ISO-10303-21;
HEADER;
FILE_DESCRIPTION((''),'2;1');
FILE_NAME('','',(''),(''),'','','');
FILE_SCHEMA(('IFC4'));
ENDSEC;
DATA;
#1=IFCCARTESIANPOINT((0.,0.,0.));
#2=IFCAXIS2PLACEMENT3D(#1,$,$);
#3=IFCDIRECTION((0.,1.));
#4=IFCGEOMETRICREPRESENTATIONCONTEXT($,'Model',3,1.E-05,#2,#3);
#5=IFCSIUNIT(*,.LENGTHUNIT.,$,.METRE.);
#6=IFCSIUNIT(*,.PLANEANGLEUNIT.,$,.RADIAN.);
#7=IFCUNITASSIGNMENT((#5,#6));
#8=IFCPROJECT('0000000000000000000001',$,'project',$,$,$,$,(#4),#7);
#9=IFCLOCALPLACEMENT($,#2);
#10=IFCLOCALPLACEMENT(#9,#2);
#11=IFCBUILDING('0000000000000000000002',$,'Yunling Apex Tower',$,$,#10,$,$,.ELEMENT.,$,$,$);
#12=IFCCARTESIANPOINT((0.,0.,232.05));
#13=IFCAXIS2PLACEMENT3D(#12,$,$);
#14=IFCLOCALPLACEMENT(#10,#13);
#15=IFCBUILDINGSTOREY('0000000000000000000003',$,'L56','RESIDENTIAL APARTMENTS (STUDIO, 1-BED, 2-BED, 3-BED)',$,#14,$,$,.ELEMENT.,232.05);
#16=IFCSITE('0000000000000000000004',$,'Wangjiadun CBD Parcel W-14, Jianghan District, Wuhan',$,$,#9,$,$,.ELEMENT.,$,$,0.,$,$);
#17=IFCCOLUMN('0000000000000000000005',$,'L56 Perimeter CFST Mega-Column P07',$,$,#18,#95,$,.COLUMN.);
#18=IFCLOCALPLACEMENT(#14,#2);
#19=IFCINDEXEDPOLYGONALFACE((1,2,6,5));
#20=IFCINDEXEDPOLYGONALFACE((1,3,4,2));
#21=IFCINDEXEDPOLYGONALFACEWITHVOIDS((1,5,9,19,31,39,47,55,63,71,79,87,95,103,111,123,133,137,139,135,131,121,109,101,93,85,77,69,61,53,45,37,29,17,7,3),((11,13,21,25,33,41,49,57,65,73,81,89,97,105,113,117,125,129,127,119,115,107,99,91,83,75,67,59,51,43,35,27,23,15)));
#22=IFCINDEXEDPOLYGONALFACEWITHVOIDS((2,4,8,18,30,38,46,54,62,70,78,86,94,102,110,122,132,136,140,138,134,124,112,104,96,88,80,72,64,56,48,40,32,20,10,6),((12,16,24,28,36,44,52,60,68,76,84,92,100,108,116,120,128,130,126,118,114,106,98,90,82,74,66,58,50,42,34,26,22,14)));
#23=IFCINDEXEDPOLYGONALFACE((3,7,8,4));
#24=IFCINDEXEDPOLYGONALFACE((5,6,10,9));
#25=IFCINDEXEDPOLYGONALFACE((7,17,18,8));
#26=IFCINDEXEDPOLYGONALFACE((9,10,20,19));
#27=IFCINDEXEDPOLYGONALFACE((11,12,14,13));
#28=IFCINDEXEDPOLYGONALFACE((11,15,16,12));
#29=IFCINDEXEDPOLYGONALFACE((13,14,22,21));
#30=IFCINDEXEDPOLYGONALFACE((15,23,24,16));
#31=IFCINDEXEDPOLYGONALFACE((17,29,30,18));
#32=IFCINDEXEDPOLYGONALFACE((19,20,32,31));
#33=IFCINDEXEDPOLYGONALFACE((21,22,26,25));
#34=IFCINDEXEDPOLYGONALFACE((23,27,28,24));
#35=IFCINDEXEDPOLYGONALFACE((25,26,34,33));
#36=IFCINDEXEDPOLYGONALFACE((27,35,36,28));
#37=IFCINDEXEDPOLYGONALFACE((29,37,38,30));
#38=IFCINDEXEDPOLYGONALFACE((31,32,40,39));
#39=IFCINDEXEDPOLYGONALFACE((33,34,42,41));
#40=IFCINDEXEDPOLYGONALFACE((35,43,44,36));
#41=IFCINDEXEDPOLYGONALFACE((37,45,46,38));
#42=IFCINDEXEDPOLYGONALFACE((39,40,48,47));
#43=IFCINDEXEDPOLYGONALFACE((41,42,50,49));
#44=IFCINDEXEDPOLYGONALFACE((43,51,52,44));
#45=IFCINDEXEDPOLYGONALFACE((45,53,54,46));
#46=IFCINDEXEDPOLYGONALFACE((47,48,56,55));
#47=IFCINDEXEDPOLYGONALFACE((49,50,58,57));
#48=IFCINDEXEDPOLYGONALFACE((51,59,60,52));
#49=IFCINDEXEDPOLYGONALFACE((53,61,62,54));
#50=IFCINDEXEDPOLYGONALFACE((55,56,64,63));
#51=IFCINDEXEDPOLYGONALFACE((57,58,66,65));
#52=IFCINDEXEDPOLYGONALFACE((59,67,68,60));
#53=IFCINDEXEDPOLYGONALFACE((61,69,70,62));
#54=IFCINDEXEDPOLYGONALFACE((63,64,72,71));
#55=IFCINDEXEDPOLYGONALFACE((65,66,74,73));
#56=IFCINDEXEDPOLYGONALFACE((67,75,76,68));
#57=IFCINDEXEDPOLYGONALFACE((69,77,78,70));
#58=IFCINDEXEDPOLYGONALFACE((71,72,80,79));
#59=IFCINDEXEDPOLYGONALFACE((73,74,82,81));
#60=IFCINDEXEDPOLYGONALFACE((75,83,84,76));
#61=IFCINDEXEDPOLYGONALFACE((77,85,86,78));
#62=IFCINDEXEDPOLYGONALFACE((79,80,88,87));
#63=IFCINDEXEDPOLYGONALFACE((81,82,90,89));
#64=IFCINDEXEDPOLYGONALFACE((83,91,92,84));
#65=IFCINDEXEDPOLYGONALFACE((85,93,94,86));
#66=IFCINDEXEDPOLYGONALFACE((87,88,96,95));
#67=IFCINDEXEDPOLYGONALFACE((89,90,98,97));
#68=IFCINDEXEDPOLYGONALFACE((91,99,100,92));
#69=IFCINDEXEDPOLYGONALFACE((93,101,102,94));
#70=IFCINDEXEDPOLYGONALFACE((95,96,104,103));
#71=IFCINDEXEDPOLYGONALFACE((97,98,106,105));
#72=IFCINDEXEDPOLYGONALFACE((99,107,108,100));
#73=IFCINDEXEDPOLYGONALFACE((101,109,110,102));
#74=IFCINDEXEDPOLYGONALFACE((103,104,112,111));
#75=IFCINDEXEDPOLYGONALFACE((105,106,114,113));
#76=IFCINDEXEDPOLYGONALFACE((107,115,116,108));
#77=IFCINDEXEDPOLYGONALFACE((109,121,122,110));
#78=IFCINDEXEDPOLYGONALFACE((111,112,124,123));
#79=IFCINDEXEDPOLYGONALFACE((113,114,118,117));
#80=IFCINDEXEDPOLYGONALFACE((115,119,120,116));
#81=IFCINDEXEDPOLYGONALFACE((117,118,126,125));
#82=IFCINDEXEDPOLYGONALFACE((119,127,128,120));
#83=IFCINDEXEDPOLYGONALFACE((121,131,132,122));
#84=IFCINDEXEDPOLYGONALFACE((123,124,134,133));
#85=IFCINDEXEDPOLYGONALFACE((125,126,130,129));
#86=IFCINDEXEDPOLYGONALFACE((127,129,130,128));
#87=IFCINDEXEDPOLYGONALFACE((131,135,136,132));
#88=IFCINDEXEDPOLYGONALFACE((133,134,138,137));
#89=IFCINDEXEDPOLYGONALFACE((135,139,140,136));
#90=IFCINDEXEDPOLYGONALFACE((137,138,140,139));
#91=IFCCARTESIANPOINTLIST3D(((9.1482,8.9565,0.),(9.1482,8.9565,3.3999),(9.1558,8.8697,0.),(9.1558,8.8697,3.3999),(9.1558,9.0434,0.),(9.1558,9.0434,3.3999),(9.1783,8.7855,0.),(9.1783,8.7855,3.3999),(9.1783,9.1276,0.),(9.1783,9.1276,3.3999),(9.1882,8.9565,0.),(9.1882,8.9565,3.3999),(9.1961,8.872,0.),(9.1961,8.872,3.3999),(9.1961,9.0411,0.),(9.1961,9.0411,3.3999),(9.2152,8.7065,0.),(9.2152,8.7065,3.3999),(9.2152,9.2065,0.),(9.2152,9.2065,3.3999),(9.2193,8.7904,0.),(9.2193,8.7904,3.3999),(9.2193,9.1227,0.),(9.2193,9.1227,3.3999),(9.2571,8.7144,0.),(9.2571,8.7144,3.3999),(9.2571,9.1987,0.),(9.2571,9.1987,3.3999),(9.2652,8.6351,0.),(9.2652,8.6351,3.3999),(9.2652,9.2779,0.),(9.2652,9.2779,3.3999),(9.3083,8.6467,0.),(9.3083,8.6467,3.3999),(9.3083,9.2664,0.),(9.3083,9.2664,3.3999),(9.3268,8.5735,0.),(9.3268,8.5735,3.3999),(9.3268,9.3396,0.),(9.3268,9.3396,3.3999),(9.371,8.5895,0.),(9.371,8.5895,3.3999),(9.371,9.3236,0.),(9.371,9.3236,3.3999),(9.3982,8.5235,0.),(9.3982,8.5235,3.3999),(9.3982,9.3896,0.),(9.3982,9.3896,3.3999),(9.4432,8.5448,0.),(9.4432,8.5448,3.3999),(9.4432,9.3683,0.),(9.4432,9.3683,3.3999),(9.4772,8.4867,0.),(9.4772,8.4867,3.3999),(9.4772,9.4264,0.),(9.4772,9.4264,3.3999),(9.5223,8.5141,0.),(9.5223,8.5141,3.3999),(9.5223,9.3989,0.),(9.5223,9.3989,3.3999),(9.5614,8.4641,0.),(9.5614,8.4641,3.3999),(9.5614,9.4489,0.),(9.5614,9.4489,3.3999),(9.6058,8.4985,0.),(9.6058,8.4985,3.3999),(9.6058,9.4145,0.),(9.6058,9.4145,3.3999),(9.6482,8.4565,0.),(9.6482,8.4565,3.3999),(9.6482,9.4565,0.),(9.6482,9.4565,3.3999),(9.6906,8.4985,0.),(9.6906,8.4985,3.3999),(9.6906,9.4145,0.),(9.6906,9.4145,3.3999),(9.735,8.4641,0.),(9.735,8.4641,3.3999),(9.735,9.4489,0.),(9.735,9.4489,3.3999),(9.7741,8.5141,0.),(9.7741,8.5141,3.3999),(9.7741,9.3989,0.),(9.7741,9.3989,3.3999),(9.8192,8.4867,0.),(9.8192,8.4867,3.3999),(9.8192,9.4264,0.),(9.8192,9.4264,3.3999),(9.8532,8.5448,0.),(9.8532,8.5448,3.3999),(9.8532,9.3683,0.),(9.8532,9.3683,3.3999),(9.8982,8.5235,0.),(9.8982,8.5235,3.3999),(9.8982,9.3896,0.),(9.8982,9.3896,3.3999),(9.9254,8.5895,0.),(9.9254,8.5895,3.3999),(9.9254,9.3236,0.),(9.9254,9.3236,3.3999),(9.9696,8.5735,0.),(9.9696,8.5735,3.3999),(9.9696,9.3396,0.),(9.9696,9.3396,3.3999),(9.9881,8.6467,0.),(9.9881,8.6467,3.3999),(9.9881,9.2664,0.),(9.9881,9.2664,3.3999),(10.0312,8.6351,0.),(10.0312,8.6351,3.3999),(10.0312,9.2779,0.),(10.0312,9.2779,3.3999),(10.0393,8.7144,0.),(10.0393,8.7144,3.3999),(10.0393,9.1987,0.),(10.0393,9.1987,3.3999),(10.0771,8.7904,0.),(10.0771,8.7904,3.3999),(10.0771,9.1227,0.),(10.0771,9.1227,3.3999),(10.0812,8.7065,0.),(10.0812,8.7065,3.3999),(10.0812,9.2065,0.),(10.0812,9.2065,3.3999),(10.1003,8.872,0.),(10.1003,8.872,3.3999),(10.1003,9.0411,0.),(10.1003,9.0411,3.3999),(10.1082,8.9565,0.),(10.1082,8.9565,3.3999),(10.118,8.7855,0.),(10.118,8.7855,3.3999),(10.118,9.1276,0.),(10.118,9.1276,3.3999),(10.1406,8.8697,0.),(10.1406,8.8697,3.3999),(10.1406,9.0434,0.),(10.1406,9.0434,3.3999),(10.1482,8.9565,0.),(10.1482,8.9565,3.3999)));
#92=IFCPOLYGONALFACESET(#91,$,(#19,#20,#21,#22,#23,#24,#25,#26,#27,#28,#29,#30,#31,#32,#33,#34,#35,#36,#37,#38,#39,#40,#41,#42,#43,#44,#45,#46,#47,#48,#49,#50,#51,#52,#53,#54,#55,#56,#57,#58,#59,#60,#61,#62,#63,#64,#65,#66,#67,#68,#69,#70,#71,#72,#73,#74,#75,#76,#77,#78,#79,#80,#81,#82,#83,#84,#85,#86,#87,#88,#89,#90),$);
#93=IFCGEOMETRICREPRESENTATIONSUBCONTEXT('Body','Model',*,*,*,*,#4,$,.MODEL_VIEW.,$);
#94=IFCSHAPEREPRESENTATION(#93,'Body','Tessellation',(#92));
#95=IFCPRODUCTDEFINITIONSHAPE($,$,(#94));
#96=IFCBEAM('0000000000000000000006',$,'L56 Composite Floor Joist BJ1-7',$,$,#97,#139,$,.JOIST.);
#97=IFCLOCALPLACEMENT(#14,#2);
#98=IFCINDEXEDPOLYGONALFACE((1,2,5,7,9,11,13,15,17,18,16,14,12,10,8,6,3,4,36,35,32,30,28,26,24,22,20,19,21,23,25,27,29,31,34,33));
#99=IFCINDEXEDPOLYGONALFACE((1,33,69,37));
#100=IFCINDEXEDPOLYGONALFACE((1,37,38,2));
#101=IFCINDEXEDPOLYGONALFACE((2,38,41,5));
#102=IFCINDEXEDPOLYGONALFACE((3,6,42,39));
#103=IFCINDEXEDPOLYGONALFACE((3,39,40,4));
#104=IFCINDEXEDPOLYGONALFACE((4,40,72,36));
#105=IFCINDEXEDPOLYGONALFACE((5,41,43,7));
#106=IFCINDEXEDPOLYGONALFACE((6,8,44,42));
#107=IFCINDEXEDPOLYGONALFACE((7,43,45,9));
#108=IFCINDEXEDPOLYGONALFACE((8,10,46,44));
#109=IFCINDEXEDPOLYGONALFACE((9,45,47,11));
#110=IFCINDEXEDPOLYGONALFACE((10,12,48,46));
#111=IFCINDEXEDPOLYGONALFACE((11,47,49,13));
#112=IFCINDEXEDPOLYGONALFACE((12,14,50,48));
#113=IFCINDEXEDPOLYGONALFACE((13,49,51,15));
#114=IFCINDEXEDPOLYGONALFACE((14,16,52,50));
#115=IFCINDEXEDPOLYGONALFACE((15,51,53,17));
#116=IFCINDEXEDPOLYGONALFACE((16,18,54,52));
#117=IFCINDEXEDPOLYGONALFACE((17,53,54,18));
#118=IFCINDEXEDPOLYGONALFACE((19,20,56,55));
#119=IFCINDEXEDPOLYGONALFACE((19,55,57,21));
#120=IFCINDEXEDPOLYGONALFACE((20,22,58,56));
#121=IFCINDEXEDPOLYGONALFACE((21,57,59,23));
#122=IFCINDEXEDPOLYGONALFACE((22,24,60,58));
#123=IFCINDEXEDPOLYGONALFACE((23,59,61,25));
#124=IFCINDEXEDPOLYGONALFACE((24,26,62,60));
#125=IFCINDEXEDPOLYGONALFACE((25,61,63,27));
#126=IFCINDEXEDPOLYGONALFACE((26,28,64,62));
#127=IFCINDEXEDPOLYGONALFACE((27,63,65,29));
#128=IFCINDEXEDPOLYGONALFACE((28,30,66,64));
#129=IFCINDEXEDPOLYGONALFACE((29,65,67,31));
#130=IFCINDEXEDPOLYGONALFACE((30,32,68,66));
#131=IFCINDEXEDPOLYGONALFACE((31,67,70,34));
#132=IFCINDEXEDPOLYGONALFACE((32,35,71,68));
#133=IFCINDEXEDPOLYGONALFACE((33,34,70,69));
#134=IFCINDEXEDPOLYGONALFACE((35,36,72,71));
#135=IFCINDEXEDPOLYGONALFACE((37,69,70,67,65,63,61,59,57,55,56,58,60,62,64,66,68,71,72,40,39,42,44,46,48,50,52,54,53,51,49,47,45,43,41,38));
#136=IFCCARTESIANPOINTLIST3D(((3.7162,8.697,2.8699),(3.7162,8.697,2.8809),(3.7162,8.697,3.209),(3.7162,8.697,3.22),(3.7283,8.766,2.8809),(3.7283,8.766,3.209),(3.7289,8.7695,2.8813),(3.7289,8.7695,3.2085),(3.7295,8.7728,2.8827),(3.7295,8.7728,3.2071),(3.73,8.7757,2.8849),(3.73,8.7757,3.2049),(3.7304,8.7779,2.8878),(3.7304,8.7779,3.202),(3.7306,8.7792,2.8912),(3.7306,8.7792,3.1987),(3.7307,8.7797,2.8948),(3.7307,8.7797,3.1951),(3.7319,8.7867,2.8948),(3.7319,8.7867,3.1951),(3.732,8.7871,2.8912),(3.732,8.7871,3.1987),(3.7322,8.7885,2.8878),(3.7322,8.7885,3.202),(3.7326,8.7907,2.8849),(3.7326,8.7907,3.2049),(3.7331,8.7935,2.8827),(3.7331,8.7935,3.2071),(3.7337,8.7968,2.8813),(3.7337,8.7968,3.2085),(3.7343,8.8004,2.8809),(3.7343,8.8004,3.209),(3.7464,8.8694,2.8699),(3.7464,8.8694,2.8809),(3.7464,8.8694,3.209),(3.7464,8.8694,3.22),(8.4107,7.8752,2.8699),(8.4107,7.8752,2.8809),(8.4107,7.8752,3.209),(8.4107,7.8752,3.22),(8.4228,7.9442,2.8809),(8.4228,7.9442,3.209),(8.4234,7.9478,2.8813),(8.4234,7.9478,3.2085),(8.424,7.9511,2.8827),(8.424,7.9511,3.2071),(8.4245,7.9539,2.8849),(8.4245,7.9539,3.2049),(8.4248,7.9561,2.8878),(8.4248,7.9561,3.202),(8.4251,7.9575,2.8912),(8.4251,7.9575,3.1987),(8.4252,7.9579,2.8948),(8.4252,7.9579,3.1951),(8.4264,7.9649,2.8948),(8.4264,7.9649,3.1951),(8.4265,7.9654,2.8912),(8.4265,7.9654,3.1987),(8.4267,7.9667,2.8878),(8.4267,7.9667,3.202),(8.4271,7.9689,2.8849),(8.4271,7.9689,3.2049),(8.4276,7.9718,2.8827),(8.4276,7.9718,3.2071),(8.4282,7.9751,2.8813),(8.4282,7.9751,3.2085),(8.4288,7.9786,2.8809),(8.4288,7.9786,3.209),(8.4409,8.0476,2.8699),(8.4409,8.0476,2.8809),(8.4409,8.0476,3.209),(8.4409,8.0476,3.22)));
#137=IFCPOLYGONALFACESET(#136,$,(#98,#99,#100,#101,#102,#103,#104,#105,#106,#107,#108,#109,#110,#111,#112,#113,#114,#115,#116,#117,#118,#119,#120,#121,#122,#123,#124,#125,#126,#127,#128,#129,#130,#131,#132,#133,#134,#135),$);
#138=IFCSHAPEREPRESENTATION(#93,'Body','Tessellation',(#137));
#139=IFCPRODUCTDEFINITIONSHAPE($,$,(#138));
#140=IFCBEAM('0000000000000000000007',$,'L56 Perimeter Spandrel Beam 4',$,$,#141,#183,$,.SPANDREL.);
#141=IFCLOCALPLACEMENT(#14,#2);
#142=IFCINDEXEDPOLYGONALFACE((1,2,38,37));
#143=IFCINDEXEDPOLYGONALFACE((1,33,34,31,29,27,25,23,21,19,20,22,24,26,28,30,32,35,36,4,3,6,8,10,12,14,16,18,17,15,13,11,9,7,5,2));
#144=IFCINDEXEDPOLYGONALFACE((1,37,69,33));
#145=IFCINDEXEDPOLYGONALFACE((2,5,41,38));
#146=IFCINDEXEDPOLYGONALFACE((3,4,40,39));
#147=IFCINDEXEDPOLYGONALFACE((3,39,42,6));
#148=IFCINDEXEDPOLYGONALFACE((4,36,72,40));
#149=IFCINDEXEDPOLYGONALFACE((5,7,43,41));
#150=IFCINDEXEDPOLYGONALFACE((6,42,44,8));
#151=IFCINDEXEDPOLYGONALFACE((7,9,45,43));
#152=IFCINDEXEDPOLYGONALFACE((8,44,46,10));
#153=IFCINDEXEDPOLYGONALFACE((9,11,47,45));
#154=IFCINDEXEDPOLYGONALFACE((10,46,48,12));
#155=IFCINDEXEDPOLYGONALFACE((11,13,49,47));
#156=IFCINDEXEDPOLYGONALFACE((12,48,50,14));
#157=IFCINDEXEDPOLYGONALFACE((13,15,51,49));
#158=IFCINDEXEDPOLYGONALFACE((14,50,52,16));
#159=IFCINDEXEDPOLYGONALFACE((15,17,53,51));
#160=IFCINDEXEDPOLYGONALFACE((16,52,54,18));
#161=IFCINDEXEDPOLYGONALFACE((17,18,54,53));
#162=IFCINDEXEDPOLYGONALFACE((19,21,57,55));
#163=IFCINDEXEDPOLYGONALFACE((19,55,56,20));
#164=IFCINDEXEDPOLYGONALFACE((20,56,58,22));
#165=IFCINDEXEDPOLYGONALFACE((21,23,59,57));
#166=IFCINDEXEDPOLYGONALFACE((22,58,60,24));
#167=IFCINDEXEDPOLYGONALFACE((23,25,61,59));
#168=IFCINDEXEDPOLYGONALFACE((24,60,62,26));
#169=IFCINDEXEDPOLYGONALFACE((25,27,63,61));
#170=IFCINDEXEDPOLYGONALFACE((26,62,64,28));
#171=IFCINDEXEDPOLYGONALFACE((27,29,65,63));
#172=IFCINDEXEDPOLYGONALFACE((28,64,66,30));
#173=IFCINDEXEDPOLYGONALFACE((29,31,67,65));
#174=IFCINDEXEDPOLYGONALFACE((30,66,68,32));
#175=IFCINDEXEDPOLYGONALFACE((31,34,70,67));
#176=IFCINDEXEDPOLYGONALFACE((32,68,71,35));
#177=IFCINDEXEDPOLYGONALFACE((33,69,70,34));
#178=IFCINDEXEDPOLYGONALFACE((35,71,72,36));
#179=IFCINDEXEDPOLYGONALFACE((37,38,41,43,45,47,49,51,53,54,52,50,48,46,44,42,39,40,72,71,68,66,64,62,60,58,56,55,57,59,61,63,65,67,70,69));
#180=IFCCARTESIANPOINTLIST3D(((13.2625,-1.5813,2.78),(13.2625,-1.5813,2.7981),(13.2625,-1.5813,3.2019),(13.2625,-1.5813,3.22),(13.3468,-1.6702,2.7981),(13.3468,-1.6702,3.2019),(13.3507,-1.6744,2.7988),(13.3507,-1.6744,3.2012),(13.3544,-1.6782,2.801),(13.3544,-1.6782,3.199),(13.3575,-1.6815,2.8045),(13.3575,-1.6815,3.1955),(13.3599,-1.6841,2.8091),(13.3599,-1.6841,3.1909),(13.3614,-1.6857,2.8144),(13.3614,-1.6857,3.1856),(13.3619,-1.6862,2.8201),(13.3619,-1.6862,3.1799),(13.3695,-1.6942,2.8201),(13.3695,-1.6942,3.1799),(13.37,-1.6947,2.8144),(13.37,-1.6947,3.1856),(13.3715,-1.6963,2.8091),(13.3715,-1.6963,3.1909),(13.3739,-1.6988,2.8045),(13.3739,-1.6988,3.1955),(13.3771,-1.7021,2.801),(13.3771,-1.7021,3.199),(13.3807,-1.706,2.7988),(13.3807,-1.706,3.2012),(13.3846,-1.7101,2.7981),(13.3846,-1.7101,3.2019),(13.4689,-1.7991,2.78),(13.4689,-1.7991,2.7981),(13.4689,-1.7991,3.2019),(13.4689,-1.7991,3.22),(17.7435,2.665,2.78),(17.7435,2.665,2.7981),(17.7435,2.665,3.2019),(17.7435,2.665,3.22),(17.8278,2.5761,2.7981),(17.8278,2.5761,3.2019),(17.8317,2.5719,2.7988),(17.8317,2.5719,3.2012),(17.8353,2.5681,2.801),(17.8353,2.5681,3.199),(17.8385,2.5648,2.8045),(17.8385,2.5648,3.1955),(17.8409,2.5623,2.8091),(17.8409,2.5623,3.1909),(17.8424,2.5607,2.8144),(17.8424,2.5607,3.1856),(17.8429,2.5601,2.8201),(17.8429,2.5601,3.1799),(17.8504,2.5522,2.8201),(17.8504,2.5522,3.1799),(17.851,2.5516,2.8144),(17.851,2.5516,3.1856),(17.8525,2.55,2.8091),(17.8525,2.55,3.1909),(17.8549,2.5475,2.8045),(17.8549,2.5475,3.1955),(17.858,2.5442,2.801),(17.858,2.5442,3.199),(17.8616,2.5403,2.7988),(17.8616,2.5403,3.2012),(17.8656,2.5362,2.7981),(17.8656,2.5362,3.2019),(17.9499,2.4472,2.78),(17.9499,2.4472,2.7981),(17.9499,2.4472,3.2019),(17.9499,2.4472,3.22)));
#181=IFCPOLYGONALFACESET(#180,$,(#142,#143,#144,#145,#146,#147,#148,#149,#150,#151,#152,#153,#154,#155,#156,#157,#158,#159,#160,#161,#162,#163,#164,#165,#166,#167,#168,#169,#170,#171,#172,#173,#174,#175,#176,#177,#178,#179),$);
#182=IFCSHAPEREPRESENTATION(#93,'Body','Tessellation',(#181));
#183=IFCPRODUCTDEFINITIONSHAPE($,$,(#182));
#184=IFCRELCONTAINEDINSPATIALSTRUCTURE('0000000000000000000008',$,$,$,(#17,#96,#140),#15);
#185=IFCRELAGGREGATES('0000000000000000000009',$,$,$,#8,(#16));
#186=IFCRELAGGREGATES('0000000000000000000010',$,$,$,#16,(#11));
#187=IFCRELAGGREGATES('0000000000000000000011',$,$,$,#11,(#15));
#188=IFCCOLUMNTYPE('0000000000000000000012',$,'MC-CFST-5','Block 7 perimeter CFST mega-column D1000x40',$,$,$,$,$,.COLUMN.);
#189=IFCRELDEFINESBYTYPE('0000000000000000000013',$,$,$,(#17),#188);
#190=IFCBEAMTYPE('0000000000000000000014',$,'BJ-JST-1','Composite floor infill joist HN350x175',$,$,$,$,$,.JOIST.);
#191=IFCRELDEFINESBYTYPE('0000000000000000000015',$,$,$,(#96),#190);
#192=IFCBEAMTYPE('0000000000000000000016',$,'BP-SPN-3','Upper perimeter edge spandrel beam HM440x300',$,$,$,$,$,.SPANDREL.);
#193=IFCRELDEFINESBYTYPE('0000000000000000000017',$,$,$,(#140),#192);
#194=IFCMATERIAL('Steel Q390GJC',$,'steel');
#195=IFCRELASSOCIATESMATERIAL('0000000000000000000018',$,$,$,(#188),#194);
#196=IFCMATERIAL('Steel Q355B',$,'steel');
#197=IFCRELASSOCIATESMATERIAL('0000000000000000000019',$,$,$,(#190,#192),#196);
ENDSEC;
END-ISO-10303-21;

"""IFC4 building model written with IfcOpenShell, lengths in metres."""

from ifc_helpers import new_model, si_unit, direction, frame, origin, origin_2d, place, context, subcontext, project, spatial, hollow_circle, i_section, extrude, source, transform, mapped, material, material_profile, profile_set, type_object, element, save


model = new_model("IFC4")

# Units and contexts
model_context = context("Model", 3, precision=1e-05, world=origin(), true_north=direction((0.0, 1.0)))
body_context = subcontext(model_context, "Body", "Model", "MODEL_VIEW")
ifc_project = project(units=[si_unit("LENGTHUNIT", "METRE"), si_unit("PLANEANGLEUNIT", "RADIAN")], contexts=[model_context])

# Site, building, storey
site_placement = place(None, origin())
site = spatial("IfcSite", under=ifc_project, at=site_placement, Name="Wangjiadun CBD Parcel W-14, Jianghan District, Wuhan", CompositionType="ELEMENT", RefElevation=0.0)
building_placement = place(site_placement, origin())
building = spatial("IfcBuilding", under=site, at=building_placement, Name="Yunling Apex Tower", CompositionType="ELEMENT")
storey_placement = place(building_placement, frame((0.0, 0.0, 232.05)))
storey = spatial("IfcBuildingStorey", under=building, at=storey_placement, Name="L56", Description="RESIDENTIAL APARTMENTS (STUDIO, 1-BED, 2-BED, 3-BED)", CompositionType="ELEMENT", Elevation=232.05)

# Column
ifc_material_1 = material(Name="Steel Q390GJC", Category="steel")
ifc_material_profile_1 = material_profile(ifc_material_1, hollow_circle(Radius=0.5, WallThickness=0.04, at=origin_2d()))
ifc_profile_set_1 = profile_set([ifc_material_profile_1], Name="Steel Q390GJC")
column_type = type_object("IfcColumnType", Name="MC-CFST-5", Description="Block 7 perimeter CFST mega-column D1000x40", PredefinedType="COLUMN", material=ifc_profile_set_1)
shared_shape_1 = source(origin(), body_context, "Body", "SweptSolid", [
    extrude(hollow_circle(Radius=0.5, WallThickness=0.04, at=origin_2d()), origin(), (0.0, 0.0, 1.0), 3.3999),
])
for number, where, z_axis, x_axis, name in (
    (1, (9.6482, 8.9565, 0.0), (0.0, 0.0, 1.0), (1.0, 0.0, 0.0), "L56 Perimeter CFST Mega-Column P07"),
):
    element("IfcColumn", number, at=place(storey_placement, frame(where, z_axis=z_axis, x_axis=x_axis)), inside=storey, type_object=column_type, Name=name, PredefinedType="COLUMN", context=body_context, shape_type="MappedRepresentation", body=[
        mapped(shared_shape_1, transform((0.0, 0.0, 0.0), scale=1.0)),
    ])

# Beams
ifc_material_2 = material(Name="Steel Q355B", Category="steel")
ifc_material_profile_2 = material_profile(ifc_material_2, i_section(OverallWidth=0.175, OverallDepth=0.3501, WebThickness=0.0071, FlangeThickness=0.011, FilletRadius=0.0139, at=origin_2d()))
ifc_profile_set_2 = profile_set([ifc_material_profile_2], Name="Steel Q355B")
beam_type_1 = type_object("IfcBeamType", Name="BJ-JST-1", Description="Composite floor infill joist HN350x175", PredefinedType="JOIST", material=ifc_profile_set_2)
shared_shape_2 = source(origin(), body_context, "Body", "SweptSolid", [
    extrude(i_section(OverallWidth=0.175, OverallDepth=0.3501, WebThickness=0.0071, FlangeThickness=0.011, FilletRadius=0.0139, at=origin_2d()), origin(), (0.0, 0.0, 1.0), 4.7659),
])
beam_1_placement = place(storey_placement, frame((8.4258, 7.9614, 3.0449), z_axis=(-0.985022, 0.172426, 0.0), x_axis=(-0.172426, -0.985022, 0.0)))
element("IfcBeam", 2, at=beam_1_placement, inside=storey, type_object=beam_type_1, Name="L56 Composite Floor Joist BJ1-7", PredefinedType="JOIST", context=body_context, shape_type="MappedRepresentation", body=[
    mapped(shared_shape_2, transform((0.0, 0.0, 0.0), scale=1.0)),
])
ifc_material_profile_3 = material_profile(ifc_material_2, i_section(OverallWidth=0.3, OverallDepth=0.4399, WebThickness=0.011, FlangeThickness=0.0181, FilletRadius=0.022, at=origin_2d()))
ifc_profile_set_3 = profile_set([ifc_material_profile_3], Name="Steel Q355B")
beam_type_2 = type_object("IfcBeamType", Name="BP-SPN-3", Description="Upper perimeter edge spandrel beam HM440x300", PredefinedType="SPANDREL", material=ifc_profile_set_3)
shared_shape_3 = source(origin(), body_context, "Body", "SweptSolid", [
    extrude(i_section(OverallWidth=0.3, OverallDepth=0.4399, WebThickness=0.011, FlangeThickness=0.0181, FilletRadius=0.022, at=origin_2d()), origin(), (0.0, 0.0, 1.0), 6.1733),
])
for number, where, z_axis, x_axis, name in (
    (3, (13.3657, -1.6902, 3.0), (0.725854, 0.687849, 0.0), (-0.687849, 0.725854, 0.0), "L56 Perimeter Spandrel Beam 4"),
):
    element("IfcBeam", number, at=place(storey_placement, frame(where, z_axis=z_axis, x_axis=x_axis)), inside=storey, type_object=beam_type_2, Name=name, PredefinedType="SPANDREL", context=body_context, shape_type="MappedRepresentation", body=[
        mapped(shared_shape_3, transform((0.0, 0.0, 0.0), scale=1.0)),
    ])

save(model, "model.ifc")
